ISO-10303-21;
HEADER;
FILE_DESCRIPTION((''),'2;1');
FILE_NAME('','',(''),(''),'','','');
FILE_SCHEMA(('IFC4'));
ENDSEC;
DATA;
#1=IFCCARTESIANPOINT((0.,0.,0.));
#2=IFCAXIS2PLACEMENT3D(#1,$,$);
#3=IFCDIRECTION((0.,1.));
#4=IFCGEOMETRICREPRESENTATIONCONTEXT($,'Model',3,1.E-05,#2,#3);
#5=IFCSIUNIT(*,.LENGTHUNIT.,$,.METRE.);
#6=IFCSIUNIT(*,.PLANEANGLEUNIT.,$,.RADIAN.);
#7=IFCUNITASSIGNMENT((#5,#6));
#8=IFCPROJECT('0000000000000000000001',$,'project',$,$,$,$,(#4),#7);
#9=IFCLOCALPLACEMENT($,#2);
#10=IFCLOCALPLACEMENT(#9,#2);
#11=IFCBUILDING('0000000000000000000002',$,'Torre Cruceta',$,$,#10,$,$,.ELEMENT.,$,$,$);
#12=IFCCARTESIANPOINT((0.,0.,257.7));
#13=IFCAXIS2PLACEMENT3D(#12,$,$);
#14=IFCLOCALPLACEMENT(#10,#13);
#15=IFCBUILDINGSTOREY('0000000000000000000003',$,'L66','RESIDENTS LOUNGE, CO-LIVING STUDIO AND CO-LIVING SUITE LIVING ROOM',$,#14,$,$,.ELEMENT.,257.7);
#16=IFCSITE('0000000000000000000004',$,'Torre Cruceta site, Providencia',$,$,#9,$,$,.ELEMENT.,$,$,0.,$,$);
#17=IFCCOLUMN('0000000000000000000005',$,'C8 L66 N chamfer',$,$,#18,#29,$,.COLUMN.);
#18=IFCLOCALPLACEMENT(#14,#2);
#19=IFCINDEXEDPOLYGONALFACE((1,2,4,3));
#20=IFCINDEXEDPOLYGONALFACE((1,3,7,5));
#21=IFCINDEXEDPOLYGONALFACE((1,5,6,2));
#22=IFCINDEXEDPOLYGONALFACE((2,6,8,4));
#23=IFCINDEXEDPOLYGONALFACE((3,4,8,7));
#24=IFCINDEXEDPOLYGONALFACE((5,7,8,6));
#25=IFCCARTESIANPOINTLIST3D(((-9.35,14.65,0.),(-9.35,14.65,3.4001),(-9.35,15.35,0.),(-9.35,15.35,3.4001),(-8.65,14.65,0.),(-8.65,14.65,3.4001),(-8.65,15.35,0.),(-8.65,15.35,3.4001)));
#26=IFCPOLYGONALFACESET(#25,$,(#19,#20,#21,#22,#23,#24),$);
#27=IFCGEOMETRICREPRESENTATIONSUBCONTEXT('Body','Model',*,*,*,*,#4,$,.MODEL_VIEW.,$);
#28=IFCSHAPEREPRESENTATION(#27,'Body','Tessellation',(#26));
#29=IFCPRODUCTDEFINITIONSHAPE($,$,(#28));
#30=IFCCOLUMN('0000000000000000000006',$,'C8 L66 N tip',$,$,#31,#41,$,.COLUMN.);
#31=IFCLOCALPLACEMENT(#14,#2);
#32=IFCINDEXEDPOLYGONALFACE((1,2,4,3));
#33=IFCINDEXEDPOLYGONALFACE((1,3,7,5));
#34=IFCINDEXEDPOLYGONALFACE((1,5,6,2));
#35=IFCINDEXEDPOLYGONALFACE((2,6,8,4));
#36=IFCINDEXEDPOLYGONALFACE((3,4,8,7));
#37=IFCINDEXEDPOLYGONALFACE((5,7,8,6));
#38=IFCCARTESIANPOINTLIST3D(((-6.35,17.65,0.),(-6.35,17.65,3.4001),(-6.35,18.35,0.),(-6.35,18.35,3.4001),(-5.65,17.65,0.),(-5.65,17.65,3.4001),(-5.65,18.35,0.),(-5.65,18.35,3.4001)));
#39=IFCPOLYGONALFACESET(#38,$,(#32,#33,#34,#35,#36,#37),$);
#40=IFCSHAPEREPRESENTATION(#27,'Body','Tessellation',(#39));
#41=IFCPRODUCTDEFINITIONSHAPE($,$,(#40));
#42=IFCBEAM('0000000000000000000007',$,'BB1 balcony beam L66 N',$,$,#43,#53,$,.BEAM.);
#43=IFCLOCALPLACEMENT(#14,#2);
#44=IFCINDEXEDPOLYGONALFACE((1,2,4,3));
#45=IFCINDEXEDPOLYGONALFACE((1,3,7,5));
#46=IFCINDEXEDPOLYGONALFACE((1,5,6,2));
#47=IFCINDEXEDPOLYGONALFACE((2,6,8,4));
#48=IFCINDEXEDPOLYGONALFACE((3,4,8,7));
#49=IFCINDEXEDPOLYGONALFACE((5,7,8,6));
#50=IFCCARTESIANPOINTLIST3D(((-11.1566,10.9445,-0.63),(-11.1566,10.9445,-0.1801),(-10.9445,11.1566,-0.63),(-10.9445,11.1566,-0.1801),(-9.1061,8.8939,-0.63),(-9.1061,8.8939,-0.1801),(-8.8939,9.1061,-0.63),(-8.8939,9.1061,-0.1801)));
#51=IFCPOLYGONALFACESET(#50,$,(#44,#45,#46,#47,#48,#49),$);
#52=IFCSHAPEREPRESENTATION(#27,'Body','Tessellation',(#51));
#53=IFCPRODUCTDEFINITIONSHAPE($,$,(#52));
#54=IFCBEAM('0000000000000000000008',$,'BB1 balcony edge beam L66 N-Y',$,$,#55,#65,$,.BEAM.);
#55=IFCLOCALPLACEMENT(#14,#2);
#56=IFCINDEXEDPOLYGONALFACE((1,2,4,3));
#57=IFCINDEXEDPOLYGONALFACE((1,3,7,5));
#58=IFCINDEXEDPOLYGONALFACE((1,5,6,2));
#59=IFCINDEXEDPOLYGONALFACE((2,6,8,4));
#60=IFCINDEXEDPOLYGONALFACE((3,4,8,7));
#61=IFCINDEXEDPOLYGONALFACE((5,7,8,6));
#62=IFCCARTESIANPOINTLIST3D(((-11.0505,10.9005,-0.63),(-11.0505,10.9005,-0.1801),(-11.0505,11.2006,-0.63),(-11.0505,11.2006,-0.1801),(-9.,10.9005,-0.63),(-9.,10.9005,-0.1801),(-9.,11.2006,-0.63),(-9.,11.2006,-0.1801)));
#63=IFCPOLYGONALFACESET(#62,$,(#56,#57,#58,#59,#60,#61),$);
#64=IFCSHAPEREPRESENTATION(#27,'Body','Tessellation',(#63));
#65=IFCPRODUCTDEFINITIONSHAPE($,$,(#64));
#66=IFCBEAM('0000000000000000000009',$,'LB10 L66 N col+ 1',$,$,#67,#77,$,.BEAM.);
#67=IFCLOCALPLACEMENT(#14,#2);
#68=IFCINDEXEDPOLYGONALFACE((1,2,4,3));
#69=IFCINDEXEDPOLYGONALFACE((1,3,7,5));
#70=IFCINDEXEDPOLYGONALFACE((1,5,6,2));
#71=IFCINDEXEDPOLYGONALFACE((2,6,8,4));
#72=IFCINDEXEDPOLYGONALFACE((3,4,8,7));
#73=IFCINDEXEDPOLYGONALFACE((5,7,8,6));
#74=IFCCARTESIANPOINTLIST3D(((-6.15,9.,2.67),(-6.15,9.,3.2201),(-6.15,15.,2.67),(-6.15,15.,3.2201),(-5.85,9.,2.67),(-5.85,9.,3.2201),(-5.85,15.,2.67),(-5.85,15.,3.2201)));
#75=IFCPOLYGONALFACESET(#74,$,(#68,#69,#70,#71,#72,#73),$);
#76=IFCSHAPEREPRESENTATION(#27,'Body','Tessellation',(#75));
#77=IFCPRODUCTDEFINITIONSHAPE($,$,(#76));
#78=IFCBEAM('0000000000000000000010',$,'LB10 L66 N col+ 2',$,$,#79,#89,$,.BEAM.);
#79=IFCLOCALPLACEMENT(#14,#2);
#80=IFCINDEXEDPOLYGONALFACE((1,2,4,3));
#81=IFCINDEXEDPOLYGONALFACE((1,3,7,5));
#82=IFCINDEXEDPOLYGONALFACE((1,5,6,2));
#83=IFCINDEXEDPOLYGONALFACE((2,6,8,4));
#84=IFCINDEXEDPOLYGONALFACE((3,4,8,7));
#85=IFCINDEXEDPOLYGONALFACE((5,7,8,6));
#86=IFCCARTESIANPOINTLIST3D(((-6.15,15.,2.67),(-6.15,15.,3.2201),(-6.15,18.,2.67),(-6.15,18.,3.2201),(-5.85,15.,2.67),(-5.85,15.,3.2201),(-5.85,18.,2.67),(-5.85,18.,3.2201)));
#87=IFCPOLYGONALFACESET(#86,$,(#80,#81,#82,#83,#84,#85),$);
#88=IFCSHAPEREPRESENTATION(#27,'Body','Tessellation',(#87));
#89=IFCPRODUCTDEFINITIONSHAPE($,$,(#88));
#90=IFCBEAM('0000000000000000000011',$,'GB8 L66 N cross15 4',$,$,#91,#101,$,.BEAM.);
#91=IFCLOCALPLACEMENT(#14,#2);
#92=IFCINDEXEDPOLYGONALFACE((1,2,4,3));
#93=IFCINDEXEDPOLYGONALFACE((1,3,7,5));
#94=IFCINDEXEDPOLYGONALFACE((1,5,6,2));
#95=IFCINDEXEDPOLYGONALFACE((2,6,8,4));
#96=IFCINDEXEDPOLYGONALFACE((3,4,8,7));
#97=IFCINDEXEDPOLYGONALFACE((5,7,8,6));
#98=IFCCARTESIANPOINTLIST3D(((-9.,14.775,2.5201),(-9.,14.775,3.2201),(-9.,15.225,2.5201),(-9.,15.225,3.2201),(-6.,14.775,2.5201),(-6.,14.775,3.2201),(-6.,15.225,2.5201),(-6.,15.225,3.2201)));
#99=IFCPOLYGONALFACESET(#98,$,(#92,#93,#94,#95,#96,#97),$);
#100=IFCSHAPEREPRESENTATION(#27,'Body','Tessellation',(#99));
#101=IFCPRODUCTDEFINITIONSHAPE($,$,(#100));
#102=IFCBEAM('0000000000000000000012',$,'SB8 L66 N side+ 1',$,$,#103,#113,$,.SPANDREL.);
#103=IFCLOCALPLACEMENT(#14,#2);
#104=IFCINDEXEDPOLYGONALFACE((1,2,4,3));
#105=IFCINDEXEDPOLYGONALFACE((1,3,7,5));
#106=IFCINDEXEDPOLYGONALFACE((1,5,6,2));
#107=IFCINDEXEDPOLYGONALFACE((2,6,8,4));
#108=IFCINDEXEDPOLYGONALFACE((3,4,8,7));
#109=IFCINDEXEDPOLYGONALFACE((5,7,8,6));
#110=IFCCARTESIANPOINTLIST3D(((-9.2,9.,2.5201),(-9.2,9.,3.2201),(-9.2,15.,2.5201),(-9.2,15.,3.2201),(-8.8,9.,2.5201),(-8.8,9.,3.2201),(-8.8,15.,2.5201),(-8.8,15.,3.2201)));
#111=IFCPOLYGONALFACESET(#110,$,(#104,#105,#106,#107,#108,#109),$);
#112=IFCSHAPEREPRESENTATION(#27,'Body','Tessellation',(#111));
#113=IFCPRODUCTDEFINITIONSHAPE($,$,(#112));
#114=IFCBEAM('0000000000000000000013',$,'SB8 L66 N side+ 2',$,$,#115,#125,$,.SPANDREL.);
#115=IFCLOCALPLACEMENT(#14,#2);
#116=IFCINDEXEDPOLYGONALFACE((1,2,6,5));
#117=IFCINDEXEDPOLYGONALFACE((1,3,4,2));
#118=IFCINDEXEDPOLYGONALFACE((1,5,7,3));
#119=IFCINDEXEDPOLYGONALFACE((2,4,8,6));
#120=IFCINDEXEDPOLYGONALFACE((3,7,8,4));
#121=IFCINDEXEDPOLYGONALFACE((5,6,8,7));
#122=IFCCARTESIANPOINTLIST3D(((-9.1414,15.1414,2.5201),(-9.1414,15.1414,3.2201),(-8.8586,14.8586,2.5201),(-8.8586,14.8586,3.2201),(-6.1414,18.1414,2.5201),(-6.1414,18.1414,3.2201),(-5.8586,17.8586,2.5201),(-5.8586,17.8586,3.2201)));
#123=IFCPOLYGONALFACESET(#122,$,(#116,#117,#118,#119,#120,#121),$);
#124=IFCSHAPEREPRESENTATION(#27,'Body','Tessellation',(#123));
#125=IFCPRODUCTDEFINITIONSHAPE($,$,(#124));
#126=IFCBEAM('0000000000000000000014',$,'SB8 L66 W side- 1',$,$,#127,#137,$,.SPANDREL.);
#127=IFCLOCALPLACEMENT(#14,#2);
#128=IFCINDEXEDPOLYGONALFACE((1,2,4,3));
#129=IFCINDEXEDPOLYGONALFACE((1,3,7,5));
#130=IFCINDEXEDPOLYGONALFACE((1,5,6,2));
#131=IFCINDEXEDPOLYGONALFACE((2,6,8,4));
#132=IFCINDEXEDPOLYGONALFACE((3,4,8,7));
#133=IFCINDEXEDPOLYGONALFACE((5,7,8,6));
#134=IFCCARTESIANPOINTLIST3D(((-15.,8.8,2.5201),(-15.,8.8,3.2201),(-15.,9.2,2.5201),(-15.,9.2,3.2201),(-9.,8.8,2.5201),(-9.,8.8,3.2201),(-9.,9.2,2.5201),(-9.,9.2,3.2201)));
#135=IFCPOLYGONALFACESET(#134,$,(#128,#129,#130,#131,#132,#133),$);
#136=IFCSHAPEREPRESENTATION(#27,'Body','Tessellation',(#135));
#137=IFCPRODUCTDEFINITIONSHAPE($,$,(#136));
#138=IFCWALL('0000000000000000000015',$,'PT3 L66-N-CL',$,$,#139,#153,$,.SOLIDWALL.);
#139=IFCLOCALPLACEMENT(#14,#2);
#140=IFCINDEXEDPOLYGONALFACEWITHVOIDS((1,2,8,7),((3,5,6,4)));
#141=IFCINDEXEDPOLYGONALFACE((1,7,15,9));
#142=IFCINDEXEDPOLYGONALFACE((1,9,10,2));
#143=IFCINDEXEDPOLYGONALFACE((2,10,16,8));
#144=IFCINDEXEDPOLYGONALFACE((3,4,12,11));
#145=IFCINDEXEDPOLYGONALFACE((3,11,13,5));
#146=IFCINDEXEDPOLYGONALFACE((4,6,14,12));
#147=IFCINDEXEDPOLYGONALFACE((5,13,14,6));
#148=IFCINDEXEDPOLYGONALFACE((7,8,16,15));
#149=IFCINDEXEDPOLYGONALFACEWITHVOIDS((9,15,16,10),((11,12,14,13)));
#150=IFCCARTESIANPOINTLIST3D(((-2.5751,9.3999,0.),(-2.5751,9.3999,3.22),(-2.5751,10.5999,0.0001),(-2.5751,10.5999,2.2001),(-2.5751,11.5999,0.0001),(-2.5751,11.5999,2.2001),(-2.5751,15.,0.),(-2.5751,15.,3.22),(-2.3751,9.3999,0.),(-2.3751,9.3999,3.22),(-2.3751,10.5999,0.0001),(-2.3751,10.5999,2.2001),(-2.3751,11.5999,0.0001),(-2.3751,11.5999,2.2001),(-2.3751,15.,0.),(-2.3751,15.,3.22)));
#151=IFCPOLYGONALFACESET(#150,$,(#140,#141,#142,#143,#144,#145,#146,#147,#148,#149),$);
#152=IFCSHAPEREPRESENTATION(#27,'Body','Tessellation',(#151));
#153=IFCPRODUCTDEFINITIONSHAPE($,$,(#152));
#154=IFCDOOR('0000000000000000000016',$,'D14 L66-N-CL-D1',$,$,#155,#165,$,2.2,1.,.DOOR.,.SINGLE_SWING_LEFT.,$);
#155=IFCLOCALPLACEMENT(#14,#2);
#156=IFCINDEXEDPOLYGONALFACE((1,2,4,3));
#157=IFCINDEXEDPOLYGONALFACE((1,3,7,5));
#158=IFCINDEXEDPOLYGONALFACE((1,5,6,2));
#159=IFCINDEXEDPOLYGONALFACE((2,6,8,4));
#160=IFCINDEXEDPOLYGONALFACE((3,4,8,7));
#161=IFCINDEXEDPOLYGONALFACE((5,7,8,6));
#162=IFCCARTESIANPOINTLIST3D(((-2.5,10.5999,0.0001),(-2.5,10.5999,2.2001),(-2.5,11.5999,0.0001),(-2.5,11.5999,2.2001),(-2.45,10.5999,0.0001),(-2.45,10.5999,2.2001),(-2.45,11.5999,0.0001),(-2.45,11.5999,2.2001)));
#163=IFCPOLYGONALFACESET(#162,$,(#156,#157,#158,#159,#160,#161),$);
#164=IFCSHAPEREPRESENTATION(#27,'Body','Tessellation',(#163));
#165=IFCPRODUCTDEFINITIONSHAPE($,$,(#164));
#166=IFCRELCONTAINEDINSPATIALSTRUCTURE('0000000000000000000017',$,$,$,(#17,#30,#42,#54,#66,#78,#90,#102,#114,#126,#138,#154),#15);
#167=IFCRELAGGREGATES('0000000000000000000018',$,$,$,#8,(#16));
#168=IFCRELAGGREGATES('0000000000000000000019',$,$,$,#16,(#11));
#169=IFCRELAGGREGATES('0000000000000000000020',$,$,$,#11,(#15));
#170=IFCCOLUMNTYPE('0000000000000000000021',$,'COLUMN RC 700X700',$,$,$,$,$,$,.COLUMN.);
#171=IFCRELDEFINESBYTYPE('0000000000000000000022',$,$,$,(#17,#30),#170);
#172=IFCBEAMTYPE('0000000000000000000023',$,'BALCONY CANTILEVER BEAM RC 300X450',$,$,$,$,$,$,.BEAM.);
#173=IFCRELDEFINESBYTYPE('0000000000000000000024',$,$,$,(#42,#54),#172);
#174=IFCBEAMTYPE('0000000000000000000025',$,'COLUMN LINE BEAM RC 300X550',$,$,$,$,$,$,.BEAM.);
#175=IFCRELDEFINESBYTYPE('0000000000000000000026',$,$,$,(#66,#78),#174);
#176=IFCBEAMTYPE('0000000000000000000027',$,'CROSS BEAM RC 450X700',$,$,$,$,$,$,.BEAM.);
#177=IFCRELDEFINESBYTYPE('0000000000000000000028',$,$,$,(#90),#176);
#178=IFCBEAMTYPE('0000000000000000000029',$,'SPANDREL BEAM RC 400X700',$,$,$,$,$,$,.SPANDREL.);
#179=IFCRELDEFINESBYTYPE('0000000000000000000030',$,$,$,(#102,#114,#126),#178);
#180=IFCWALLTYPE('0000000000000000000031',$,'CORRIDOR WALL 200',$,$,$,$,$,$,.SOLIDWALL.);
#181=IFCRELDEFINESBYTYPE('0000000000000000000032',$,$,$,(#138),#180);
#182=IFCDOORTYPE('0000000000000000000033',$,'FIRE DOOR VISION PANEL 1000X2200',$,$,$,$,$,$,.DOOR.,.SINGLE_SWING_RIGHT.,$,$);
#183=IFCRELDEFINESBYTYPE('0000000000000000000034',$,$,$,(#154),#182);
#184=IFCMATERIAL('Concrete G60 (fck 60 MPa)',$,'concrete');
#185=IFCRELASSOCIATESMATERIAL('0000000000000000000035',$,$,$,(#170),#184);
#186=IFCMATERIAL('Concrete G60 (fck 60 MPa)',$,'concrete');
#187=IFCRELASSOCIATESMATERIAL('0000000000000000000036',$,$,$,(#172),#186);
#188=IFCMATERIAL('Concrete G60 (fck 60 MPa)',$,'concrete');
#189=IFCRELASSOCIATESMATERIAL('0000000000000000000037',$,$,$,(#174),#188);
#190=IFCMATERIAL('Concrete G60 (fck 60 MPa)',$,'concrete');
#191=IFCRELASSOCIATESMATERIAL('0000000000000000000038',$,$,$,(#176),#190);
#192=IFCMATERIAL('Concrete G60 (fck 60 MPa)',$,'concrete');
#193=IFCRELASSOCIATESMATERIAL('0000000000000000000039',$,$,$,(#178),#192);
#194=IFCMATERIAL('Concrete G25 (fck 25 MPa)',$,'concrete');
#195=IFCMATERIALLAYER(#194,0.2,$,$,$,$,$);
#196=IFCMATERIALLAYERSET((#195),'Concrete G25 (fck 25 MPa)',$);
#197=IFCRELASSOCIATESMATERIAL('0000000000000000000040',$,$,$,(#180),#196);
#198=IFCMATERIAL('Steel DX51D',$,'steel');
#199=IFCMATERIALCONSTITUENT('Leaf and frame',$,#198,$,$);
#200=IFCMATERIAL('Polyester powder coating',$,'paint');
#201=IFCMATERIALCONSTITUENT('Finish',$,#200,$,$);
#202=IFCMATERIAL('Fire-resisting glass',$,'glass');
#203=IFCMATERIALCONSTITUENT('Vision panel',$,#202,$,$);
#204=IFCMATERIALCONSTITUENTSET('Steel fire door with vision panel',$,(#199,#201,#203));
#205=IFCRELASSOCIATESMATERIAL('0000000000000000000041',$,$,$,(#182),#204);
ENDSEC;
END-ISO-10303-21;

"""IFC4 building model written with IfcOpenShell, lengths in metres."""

from ifc_helpers import new_model, si_unit, direction, frame, frame_2d, origin, origin_2d, place, context, subcontext, project, spatial, rectangle, extrude, material, layer, layer_set, constituent, constituent_set, material_profile, profile_set, type_object, element, fill, save


model = new_model("IFC4")

# Units and contexts
model_context = context("Model", 3, precision=1e-05, world=origin(), true_north=direction((0.0, 1.0)))
body_context = subcontext(model_context, "Body", "Model", "MODEL_VIEW")
ifc_project = project(units=[si_unit("LENGTHUNIT", "METRE"), si_unit("PLANEANGLEUNIT", "RADIAN")], contexts=[model_context])

# Site, building, storey
site_placement = place(None, origin())
site = spatial("IfcSite", under=ifc_project, at=site_placement, Name="Torre Cruceta site, Providencia", CompositionType="ELEMENT", RefElevation=0.0)
building_placement = place(site_placement, origin())
building = spatial("IfcBuilding", under=site, at=building_placement, Name="Torre Cruceta", CompositionType="ELEMENT")
storey_placement = place(building_placement, frame((0.0, 0.0, 257.7)))
storey = spatial("IfcBuildingStorey", under=building, at=storey_placement, Name="L66", Description="RESIDENTS LOUNGE, CO-LIVING STUDIO AND CO-LIVING SUITE LIVING ROOM", CompositionType="ELEMENT", Elevation=257.7)

# Columns
ifc_material_1 = material(Name="Concrete G60 (fck 60 MPa)", Category="concrete")
ifc_material_profile_1 = material_profile(ifc_material_1, rectangle(XDim=0.7, YDim=0.7, at=origin_2d()), Name="RC 700X700")
ifc_profile_set_1 = profile_set([ifc_material_profile_1], Name="Concrete G60 (fck 60 MPa)")
column_type = type_object("IfcColumnType", Name="COLUMN RC 700X700", PredefinedType="COLUMN", material=ifc_profile_set_1)
for number, where, z_axis, x_axis, name in (
    (1, (-9.0, 15.0, 0.0), (0.0, 0.0, 1.0), (1.0, 0.0, 0.0), "C8 L66 N chamfer"),
    (2, (-6.0, 18.0, 0.0), (0.0, 0.0, 1.0), (1.0, 0.0, 0.0), "C8 L66 N tip"),
):
    element("IfcColumn", number, at=place(storey_placement, frame(where, z_axis=z_axis, x_axis=x_axis)), inside=storey, type_object=column_type, Name=name, PredefinedType="COLUMN", context=body_context, shape_type="SweptSolid", body=[
        extrude(rectangle(XDim=0.7, YDim=0.7, at=origin_2d()), origin(), (0.0, 0.0, 1.0), 3.4001),
    ])

# Beams
ifc_material_2 = material(Name="Concrete G60 (fck 60 MPa)", Category="concrete")
ifc_material_profile_2 = material_profile(ifc_material_2, rectangle(XDim=0.3, YDim=0.45, at=origin_2d()), Name="RC 300X450")
ifc_profile_set_2 = profile_set([ifc_material_profile_2], Name="Concrete G60 (fck 60 MPa)")
beam_type_1 = type_object("IfcBeamType", Name="BALCONY CANTILEVER BEAM RC 300X450", PredefinedType="BEAM", material=ifc_profile_set_2)
beam_1_placement = place(storey_placement, frame((-9.0, 9.0, -0.405), z_axis=(-0.707107, 0.707107, 0.0), x_axis=(-0.707107, -0.707107, 0.0)))
element("IfcBeam", 3, at=beam_1_placement, inside=storey, type_object=beam_type_1, Name="BB1 balcony beam L66 N", PredefinedType="BEAM", context=body_context, shape_type="SweptSolid", body=[
    extrude(rectangle(XDim=0.3, YDim=0.45, at=origin_2d()), origin(), (0.0, 0.0, 1.0), 2.8999),
])
beam_2_placement = place(storey_placement, frame((-9.0, 11.0505, -0.405), z_axis=(-1.0, 0.0, 0.0), x_axis=(0.0, -1.0, 0.0)))
element("IfcBeam", 4, at=beam_2_placement, inside=storey, type_object=beam_type_1, Name="BB1 balcony edge beam L66 N-Y", PredefinedType="BEAM", context=body_context, shape_type="SweptSolid", body=[
    extrude(rectangle(XDim=0.3, YDim=0.45, at=origin_2d()), origin(), (0.0, 0.0, 1.0), 2.0505),
])
ifc_material_3 = material(Name="Concrete G60 (fck 60 MPa)", Category="concrete")
ifc_material_profile_3 = material_profile(ifc_material_3, rectangle(XDim=0.3, YDim=0.55, at=origin_2d()), Name="RC 300X550")
ifc_profile_set_3 = profile_set([ifc_material_profile_3], Name="Concrete G60 (fck 60 MPa)")
beam_type_2 = type_object("IfcBeamType", Name="COLUMN LINE BEAM RC 300X550", PredefinedType="BEAM", material=ifc_profile_set_3)
beam_3_placement = place(storey_placement, frame((-6.0, 9.0, 2.9451), z_axis=(0.0, 1.0, 0.0), x_axis=(-1.0, 0.0, 0.0)))
element("IfcBeam", 5, at=beam_3_placement, inside=storey, type_object=beam_type_2, Name="LB10 L66 N col+ 1", PredefinedType="BEAM", context=body_context, shape_type="SweptSolid", body=[
    extrude(rectangle(XDim=0.3, YDim=0.55, at=origin_2d()), origin(), (0.0, 0.0, 1.0), 6.0),
])
beam_4_placement = place(storey_placement, frame((-6.0, 15.0, 2.9451), z_axis=(0.0, 1.0, 0.0), x_axis=(-1.0, 0.0, 0.0)))
element("IfcBeam", 6, at=beam_4_placement, inside=storey, type_object=beam_type_2, Name="LB10 L66 N col+ 2", PredefinedType="BEAM", context=body_context, shape_type="SweptSolid", body=[
    extrude(rectangle(XDim=0.3, YDim=0.55, at=origin_2d()), origin(), (0.0, 0.0, 1.0), 3.0),
])
ifc_material_4 = material(Name="Concrete G60 (fck 60 MPa)", Category="concrete")
ifc_material_profile_4 = material_profile(ifc_material_4, rectangle(XDim=0.45, YDim=0.7, at=origin_2d()), Name="RC 450X700")
ifc_profile_set_4 = profile_set([ifc_material_profile_4], Name="Concrete G60 (fck 60 MPa)")
beam_type_3 = type_object("IfcBeamType", Name="CROSS BEAM RC 450X700", PredefinedType="BEAM", material=ifc_profile_set_4)
beam_5_placement = place(storey_placement, frame((-6.0, 15.0, 2.8701), z_axis=(-1.0, 0.0, 0.0), x_axis=(0.0, -1.0, 0.0)))
element("IfcBeam", 7, at=beam_5_placement, inside=storey, type_object=beam_type_3, Name="GB8 L66 N cross15 4", PredefinedType="BEAM", context=body_context, shape_type="SweptSolid", body=[
    extrude(rectangle(XDim=0.45, YDim=0.7, at=origin_2d()), origin(), (0.0, 0.0, 1.0), 3.0),
])
ifc_material_5 = material(Name="Concrete G60 (fck 60 MPa)", Category="concrete")
ifc_material_profile_5 = material_profile(ifc_material_5, rectangle(XDim=0.3999, YDim=0.7, at=origin_2d()), Name="RC 400X700")
ifc_profile_set_5 = profile_set([ifc_material_profile_5], Name="Concrete G60 (fck 60 MPa)")
beam_type_4 = type_object("IfcBeamType", Name="SPANDREL BEAM RC 400X700", PredefinedType="SPANDREL", material=ifc_profile_set_5)
beam_6_placement = place(storey_placement, frame((-9.0, 9.0, 2.8701), z_axis=(0.0, 1.0, 0.0), x_axis=(-1.0, 0.0, 0.0)))
element("IfcBeam", 8, at=beam_6_placement, inside=storey, type_object=beam_type_4, Name="SB8 L66 N side+ 1", PredefinedType="SPANDREL", context=body_context, shape_type="SweptSolid", body=[
    extrude(rectangle(XDim=0.3999, YDim=0.7, at=origin_2d()), origin(), (0.0, 0.0, 1.0), 6.0),
])
beam_7_placement = place(storey_placement, frame((-9.0, 15.0, 2.8701), z_axis=(0.707107, 0.707107, 0.0), x_axis=(-0.707107, 0.707107, 0.0)))
element("IfcBeam", 9, at=beam_7_placement, inside=storey, type_object=beam_type_4, Name="SB8 L66 N side+ 2", PredefinedType="SPANDREL", context=body_context, shape_type="SweptSolid", body=[
    extrude(rectangle(XDim=0.3999, YDim=0.7, at=origin_2d()), origin(), (0.0, 0.0, 1.0), 4.2427),
])
beam_8_placement = place(storey_placement, frame((-9.0, 9.0, 2.8701), z_axis=(-1.0, 0.0, 0.0), x_axis=(0.0, -1.0, 0.0)))
element("IfcBeam", 10, at=beam_8_placement, inside=storey, type_object=beam_type_4, Name="SB8 L66 W side- 1", PredefinedType="SPANDREL", context=body_context, shape_type="SweptSolid", body=[
    extrude(rectangle(XDim=0.3999, YDim=0.7, at=origin_2d()), origin(), (0.0, 0.0, 1.0), 6.0),
])

# Wall, opening, door
ifc_material_6 = material(Name="Concrete G25 (fck 25 MPa)", Category="concrete")
ifc_layer_1 = layer(ifc_material_6, 0.2)
ifc_layer_set_1 = layer_set([ifc_layer_1], Name="Concrete G25 (fck 25 MPa)")
wall_type_1 = type_object("IfcWallType", Name="CORRIDOR WALL 200", PredefinedType="SOLIDWALL", material=ifc_layer_set_1)
wall_1_placement = place(storey_placement, frame((-2.4751, 9.3999, 0.0), z_axis=(0.0, 0.0, 1.0), x_axis=(0.0, 1.0, 0.0)))
wall_1 = element("IfcWall", 11, at=wall_1_placement, inside=storey, type_object=wall_type_1, Name="PT3 L66-N-CL", PredefinedType="SOLIDWALL", context=body_context, shape_type="SweptSolid", body=[
    extrude(rectangle(XDim=5.6001, YDim=0.2, at=frame_2d((2.8, 0.0))), origin(), (0.0, 0.0, 1.0), 3.22),
])
opening_1_placement = place(wall_1_placement, frame((1.2, 0.0, 0.0)))
opening_1 = element("IfcOpeningElement", 12, at=opening_1_placement, cuts=wall_1, PredefinedType="OPENING", context=body_context, shape_type="SweptSolid", body=[
    extrude(rectangle(XDim=1.0, YDim=2.2, at=frame_2d((0.5, 1.1001))), frame((0.0, 0.1099, 0.0), z_axis=(0.0, -1.0, 0.0), x_axis=(1.0, 0.0, 0.0)), (0.0, 0.0, 1.0), 0.22),
])
ifc_material_7 = material(Name="Steel DX51D", Category="steel")
ifc_constituent_1 = constituent(ifc_material_7, Name="Leaf and frame")
ifc_material_8 = material(Name="Polyester powder coating", Category="paint")
ifc_constituent_2 = constituent(ifc_material_8, Name="Finish")
ifc_material_9 = material(Name="Fire-resisting glass", Category="glass")
ifc_constituent_3 = constituent(ifc_material_9, Name="Vision panel")
ifc_constituent_set_1 = constituent_set(constituents=[ifc_constituent_1, ifc_constituent_2, ifc_constituent_3], Name="Steel fire door with vision panel")
door_type_1 = type_object("IfcDoorType", Name="FIRE DOOR VISION PANEL 1000X2200", OperationType="SINGLE_SWING_RIGHT", PredefinedType="DOOR", material=ifc_constituent_set_1)
door_1_placement = place(opening_1_placement, origin())
door_1 = element("IfcDoor", 13, at=door_1_placement, inside=storey, type_object=door_type_1, Name="D14 L66-N-CL-D1", OperationType="SINGLE_SWING_LEFT", OverallHeight=2.2, OverallWidth=1.0, PredefinedType="DOOR", context=body_context, shape_type="SweptSolid", body=[
    extrude(rectangle(XDim=1.0, YDim=2.2, at=frame_2d((0.5, 1.1001))), frame((0.0, 0.0249, 0.0), z_axis=(0.0, -1.0, 0.0), x_axis=(1.0, 0.0, 0.0)), (0.0, 0.0, 1.0), 0.05),
])
fill(opening_1, door_1)

save(model, "model.ifc")
